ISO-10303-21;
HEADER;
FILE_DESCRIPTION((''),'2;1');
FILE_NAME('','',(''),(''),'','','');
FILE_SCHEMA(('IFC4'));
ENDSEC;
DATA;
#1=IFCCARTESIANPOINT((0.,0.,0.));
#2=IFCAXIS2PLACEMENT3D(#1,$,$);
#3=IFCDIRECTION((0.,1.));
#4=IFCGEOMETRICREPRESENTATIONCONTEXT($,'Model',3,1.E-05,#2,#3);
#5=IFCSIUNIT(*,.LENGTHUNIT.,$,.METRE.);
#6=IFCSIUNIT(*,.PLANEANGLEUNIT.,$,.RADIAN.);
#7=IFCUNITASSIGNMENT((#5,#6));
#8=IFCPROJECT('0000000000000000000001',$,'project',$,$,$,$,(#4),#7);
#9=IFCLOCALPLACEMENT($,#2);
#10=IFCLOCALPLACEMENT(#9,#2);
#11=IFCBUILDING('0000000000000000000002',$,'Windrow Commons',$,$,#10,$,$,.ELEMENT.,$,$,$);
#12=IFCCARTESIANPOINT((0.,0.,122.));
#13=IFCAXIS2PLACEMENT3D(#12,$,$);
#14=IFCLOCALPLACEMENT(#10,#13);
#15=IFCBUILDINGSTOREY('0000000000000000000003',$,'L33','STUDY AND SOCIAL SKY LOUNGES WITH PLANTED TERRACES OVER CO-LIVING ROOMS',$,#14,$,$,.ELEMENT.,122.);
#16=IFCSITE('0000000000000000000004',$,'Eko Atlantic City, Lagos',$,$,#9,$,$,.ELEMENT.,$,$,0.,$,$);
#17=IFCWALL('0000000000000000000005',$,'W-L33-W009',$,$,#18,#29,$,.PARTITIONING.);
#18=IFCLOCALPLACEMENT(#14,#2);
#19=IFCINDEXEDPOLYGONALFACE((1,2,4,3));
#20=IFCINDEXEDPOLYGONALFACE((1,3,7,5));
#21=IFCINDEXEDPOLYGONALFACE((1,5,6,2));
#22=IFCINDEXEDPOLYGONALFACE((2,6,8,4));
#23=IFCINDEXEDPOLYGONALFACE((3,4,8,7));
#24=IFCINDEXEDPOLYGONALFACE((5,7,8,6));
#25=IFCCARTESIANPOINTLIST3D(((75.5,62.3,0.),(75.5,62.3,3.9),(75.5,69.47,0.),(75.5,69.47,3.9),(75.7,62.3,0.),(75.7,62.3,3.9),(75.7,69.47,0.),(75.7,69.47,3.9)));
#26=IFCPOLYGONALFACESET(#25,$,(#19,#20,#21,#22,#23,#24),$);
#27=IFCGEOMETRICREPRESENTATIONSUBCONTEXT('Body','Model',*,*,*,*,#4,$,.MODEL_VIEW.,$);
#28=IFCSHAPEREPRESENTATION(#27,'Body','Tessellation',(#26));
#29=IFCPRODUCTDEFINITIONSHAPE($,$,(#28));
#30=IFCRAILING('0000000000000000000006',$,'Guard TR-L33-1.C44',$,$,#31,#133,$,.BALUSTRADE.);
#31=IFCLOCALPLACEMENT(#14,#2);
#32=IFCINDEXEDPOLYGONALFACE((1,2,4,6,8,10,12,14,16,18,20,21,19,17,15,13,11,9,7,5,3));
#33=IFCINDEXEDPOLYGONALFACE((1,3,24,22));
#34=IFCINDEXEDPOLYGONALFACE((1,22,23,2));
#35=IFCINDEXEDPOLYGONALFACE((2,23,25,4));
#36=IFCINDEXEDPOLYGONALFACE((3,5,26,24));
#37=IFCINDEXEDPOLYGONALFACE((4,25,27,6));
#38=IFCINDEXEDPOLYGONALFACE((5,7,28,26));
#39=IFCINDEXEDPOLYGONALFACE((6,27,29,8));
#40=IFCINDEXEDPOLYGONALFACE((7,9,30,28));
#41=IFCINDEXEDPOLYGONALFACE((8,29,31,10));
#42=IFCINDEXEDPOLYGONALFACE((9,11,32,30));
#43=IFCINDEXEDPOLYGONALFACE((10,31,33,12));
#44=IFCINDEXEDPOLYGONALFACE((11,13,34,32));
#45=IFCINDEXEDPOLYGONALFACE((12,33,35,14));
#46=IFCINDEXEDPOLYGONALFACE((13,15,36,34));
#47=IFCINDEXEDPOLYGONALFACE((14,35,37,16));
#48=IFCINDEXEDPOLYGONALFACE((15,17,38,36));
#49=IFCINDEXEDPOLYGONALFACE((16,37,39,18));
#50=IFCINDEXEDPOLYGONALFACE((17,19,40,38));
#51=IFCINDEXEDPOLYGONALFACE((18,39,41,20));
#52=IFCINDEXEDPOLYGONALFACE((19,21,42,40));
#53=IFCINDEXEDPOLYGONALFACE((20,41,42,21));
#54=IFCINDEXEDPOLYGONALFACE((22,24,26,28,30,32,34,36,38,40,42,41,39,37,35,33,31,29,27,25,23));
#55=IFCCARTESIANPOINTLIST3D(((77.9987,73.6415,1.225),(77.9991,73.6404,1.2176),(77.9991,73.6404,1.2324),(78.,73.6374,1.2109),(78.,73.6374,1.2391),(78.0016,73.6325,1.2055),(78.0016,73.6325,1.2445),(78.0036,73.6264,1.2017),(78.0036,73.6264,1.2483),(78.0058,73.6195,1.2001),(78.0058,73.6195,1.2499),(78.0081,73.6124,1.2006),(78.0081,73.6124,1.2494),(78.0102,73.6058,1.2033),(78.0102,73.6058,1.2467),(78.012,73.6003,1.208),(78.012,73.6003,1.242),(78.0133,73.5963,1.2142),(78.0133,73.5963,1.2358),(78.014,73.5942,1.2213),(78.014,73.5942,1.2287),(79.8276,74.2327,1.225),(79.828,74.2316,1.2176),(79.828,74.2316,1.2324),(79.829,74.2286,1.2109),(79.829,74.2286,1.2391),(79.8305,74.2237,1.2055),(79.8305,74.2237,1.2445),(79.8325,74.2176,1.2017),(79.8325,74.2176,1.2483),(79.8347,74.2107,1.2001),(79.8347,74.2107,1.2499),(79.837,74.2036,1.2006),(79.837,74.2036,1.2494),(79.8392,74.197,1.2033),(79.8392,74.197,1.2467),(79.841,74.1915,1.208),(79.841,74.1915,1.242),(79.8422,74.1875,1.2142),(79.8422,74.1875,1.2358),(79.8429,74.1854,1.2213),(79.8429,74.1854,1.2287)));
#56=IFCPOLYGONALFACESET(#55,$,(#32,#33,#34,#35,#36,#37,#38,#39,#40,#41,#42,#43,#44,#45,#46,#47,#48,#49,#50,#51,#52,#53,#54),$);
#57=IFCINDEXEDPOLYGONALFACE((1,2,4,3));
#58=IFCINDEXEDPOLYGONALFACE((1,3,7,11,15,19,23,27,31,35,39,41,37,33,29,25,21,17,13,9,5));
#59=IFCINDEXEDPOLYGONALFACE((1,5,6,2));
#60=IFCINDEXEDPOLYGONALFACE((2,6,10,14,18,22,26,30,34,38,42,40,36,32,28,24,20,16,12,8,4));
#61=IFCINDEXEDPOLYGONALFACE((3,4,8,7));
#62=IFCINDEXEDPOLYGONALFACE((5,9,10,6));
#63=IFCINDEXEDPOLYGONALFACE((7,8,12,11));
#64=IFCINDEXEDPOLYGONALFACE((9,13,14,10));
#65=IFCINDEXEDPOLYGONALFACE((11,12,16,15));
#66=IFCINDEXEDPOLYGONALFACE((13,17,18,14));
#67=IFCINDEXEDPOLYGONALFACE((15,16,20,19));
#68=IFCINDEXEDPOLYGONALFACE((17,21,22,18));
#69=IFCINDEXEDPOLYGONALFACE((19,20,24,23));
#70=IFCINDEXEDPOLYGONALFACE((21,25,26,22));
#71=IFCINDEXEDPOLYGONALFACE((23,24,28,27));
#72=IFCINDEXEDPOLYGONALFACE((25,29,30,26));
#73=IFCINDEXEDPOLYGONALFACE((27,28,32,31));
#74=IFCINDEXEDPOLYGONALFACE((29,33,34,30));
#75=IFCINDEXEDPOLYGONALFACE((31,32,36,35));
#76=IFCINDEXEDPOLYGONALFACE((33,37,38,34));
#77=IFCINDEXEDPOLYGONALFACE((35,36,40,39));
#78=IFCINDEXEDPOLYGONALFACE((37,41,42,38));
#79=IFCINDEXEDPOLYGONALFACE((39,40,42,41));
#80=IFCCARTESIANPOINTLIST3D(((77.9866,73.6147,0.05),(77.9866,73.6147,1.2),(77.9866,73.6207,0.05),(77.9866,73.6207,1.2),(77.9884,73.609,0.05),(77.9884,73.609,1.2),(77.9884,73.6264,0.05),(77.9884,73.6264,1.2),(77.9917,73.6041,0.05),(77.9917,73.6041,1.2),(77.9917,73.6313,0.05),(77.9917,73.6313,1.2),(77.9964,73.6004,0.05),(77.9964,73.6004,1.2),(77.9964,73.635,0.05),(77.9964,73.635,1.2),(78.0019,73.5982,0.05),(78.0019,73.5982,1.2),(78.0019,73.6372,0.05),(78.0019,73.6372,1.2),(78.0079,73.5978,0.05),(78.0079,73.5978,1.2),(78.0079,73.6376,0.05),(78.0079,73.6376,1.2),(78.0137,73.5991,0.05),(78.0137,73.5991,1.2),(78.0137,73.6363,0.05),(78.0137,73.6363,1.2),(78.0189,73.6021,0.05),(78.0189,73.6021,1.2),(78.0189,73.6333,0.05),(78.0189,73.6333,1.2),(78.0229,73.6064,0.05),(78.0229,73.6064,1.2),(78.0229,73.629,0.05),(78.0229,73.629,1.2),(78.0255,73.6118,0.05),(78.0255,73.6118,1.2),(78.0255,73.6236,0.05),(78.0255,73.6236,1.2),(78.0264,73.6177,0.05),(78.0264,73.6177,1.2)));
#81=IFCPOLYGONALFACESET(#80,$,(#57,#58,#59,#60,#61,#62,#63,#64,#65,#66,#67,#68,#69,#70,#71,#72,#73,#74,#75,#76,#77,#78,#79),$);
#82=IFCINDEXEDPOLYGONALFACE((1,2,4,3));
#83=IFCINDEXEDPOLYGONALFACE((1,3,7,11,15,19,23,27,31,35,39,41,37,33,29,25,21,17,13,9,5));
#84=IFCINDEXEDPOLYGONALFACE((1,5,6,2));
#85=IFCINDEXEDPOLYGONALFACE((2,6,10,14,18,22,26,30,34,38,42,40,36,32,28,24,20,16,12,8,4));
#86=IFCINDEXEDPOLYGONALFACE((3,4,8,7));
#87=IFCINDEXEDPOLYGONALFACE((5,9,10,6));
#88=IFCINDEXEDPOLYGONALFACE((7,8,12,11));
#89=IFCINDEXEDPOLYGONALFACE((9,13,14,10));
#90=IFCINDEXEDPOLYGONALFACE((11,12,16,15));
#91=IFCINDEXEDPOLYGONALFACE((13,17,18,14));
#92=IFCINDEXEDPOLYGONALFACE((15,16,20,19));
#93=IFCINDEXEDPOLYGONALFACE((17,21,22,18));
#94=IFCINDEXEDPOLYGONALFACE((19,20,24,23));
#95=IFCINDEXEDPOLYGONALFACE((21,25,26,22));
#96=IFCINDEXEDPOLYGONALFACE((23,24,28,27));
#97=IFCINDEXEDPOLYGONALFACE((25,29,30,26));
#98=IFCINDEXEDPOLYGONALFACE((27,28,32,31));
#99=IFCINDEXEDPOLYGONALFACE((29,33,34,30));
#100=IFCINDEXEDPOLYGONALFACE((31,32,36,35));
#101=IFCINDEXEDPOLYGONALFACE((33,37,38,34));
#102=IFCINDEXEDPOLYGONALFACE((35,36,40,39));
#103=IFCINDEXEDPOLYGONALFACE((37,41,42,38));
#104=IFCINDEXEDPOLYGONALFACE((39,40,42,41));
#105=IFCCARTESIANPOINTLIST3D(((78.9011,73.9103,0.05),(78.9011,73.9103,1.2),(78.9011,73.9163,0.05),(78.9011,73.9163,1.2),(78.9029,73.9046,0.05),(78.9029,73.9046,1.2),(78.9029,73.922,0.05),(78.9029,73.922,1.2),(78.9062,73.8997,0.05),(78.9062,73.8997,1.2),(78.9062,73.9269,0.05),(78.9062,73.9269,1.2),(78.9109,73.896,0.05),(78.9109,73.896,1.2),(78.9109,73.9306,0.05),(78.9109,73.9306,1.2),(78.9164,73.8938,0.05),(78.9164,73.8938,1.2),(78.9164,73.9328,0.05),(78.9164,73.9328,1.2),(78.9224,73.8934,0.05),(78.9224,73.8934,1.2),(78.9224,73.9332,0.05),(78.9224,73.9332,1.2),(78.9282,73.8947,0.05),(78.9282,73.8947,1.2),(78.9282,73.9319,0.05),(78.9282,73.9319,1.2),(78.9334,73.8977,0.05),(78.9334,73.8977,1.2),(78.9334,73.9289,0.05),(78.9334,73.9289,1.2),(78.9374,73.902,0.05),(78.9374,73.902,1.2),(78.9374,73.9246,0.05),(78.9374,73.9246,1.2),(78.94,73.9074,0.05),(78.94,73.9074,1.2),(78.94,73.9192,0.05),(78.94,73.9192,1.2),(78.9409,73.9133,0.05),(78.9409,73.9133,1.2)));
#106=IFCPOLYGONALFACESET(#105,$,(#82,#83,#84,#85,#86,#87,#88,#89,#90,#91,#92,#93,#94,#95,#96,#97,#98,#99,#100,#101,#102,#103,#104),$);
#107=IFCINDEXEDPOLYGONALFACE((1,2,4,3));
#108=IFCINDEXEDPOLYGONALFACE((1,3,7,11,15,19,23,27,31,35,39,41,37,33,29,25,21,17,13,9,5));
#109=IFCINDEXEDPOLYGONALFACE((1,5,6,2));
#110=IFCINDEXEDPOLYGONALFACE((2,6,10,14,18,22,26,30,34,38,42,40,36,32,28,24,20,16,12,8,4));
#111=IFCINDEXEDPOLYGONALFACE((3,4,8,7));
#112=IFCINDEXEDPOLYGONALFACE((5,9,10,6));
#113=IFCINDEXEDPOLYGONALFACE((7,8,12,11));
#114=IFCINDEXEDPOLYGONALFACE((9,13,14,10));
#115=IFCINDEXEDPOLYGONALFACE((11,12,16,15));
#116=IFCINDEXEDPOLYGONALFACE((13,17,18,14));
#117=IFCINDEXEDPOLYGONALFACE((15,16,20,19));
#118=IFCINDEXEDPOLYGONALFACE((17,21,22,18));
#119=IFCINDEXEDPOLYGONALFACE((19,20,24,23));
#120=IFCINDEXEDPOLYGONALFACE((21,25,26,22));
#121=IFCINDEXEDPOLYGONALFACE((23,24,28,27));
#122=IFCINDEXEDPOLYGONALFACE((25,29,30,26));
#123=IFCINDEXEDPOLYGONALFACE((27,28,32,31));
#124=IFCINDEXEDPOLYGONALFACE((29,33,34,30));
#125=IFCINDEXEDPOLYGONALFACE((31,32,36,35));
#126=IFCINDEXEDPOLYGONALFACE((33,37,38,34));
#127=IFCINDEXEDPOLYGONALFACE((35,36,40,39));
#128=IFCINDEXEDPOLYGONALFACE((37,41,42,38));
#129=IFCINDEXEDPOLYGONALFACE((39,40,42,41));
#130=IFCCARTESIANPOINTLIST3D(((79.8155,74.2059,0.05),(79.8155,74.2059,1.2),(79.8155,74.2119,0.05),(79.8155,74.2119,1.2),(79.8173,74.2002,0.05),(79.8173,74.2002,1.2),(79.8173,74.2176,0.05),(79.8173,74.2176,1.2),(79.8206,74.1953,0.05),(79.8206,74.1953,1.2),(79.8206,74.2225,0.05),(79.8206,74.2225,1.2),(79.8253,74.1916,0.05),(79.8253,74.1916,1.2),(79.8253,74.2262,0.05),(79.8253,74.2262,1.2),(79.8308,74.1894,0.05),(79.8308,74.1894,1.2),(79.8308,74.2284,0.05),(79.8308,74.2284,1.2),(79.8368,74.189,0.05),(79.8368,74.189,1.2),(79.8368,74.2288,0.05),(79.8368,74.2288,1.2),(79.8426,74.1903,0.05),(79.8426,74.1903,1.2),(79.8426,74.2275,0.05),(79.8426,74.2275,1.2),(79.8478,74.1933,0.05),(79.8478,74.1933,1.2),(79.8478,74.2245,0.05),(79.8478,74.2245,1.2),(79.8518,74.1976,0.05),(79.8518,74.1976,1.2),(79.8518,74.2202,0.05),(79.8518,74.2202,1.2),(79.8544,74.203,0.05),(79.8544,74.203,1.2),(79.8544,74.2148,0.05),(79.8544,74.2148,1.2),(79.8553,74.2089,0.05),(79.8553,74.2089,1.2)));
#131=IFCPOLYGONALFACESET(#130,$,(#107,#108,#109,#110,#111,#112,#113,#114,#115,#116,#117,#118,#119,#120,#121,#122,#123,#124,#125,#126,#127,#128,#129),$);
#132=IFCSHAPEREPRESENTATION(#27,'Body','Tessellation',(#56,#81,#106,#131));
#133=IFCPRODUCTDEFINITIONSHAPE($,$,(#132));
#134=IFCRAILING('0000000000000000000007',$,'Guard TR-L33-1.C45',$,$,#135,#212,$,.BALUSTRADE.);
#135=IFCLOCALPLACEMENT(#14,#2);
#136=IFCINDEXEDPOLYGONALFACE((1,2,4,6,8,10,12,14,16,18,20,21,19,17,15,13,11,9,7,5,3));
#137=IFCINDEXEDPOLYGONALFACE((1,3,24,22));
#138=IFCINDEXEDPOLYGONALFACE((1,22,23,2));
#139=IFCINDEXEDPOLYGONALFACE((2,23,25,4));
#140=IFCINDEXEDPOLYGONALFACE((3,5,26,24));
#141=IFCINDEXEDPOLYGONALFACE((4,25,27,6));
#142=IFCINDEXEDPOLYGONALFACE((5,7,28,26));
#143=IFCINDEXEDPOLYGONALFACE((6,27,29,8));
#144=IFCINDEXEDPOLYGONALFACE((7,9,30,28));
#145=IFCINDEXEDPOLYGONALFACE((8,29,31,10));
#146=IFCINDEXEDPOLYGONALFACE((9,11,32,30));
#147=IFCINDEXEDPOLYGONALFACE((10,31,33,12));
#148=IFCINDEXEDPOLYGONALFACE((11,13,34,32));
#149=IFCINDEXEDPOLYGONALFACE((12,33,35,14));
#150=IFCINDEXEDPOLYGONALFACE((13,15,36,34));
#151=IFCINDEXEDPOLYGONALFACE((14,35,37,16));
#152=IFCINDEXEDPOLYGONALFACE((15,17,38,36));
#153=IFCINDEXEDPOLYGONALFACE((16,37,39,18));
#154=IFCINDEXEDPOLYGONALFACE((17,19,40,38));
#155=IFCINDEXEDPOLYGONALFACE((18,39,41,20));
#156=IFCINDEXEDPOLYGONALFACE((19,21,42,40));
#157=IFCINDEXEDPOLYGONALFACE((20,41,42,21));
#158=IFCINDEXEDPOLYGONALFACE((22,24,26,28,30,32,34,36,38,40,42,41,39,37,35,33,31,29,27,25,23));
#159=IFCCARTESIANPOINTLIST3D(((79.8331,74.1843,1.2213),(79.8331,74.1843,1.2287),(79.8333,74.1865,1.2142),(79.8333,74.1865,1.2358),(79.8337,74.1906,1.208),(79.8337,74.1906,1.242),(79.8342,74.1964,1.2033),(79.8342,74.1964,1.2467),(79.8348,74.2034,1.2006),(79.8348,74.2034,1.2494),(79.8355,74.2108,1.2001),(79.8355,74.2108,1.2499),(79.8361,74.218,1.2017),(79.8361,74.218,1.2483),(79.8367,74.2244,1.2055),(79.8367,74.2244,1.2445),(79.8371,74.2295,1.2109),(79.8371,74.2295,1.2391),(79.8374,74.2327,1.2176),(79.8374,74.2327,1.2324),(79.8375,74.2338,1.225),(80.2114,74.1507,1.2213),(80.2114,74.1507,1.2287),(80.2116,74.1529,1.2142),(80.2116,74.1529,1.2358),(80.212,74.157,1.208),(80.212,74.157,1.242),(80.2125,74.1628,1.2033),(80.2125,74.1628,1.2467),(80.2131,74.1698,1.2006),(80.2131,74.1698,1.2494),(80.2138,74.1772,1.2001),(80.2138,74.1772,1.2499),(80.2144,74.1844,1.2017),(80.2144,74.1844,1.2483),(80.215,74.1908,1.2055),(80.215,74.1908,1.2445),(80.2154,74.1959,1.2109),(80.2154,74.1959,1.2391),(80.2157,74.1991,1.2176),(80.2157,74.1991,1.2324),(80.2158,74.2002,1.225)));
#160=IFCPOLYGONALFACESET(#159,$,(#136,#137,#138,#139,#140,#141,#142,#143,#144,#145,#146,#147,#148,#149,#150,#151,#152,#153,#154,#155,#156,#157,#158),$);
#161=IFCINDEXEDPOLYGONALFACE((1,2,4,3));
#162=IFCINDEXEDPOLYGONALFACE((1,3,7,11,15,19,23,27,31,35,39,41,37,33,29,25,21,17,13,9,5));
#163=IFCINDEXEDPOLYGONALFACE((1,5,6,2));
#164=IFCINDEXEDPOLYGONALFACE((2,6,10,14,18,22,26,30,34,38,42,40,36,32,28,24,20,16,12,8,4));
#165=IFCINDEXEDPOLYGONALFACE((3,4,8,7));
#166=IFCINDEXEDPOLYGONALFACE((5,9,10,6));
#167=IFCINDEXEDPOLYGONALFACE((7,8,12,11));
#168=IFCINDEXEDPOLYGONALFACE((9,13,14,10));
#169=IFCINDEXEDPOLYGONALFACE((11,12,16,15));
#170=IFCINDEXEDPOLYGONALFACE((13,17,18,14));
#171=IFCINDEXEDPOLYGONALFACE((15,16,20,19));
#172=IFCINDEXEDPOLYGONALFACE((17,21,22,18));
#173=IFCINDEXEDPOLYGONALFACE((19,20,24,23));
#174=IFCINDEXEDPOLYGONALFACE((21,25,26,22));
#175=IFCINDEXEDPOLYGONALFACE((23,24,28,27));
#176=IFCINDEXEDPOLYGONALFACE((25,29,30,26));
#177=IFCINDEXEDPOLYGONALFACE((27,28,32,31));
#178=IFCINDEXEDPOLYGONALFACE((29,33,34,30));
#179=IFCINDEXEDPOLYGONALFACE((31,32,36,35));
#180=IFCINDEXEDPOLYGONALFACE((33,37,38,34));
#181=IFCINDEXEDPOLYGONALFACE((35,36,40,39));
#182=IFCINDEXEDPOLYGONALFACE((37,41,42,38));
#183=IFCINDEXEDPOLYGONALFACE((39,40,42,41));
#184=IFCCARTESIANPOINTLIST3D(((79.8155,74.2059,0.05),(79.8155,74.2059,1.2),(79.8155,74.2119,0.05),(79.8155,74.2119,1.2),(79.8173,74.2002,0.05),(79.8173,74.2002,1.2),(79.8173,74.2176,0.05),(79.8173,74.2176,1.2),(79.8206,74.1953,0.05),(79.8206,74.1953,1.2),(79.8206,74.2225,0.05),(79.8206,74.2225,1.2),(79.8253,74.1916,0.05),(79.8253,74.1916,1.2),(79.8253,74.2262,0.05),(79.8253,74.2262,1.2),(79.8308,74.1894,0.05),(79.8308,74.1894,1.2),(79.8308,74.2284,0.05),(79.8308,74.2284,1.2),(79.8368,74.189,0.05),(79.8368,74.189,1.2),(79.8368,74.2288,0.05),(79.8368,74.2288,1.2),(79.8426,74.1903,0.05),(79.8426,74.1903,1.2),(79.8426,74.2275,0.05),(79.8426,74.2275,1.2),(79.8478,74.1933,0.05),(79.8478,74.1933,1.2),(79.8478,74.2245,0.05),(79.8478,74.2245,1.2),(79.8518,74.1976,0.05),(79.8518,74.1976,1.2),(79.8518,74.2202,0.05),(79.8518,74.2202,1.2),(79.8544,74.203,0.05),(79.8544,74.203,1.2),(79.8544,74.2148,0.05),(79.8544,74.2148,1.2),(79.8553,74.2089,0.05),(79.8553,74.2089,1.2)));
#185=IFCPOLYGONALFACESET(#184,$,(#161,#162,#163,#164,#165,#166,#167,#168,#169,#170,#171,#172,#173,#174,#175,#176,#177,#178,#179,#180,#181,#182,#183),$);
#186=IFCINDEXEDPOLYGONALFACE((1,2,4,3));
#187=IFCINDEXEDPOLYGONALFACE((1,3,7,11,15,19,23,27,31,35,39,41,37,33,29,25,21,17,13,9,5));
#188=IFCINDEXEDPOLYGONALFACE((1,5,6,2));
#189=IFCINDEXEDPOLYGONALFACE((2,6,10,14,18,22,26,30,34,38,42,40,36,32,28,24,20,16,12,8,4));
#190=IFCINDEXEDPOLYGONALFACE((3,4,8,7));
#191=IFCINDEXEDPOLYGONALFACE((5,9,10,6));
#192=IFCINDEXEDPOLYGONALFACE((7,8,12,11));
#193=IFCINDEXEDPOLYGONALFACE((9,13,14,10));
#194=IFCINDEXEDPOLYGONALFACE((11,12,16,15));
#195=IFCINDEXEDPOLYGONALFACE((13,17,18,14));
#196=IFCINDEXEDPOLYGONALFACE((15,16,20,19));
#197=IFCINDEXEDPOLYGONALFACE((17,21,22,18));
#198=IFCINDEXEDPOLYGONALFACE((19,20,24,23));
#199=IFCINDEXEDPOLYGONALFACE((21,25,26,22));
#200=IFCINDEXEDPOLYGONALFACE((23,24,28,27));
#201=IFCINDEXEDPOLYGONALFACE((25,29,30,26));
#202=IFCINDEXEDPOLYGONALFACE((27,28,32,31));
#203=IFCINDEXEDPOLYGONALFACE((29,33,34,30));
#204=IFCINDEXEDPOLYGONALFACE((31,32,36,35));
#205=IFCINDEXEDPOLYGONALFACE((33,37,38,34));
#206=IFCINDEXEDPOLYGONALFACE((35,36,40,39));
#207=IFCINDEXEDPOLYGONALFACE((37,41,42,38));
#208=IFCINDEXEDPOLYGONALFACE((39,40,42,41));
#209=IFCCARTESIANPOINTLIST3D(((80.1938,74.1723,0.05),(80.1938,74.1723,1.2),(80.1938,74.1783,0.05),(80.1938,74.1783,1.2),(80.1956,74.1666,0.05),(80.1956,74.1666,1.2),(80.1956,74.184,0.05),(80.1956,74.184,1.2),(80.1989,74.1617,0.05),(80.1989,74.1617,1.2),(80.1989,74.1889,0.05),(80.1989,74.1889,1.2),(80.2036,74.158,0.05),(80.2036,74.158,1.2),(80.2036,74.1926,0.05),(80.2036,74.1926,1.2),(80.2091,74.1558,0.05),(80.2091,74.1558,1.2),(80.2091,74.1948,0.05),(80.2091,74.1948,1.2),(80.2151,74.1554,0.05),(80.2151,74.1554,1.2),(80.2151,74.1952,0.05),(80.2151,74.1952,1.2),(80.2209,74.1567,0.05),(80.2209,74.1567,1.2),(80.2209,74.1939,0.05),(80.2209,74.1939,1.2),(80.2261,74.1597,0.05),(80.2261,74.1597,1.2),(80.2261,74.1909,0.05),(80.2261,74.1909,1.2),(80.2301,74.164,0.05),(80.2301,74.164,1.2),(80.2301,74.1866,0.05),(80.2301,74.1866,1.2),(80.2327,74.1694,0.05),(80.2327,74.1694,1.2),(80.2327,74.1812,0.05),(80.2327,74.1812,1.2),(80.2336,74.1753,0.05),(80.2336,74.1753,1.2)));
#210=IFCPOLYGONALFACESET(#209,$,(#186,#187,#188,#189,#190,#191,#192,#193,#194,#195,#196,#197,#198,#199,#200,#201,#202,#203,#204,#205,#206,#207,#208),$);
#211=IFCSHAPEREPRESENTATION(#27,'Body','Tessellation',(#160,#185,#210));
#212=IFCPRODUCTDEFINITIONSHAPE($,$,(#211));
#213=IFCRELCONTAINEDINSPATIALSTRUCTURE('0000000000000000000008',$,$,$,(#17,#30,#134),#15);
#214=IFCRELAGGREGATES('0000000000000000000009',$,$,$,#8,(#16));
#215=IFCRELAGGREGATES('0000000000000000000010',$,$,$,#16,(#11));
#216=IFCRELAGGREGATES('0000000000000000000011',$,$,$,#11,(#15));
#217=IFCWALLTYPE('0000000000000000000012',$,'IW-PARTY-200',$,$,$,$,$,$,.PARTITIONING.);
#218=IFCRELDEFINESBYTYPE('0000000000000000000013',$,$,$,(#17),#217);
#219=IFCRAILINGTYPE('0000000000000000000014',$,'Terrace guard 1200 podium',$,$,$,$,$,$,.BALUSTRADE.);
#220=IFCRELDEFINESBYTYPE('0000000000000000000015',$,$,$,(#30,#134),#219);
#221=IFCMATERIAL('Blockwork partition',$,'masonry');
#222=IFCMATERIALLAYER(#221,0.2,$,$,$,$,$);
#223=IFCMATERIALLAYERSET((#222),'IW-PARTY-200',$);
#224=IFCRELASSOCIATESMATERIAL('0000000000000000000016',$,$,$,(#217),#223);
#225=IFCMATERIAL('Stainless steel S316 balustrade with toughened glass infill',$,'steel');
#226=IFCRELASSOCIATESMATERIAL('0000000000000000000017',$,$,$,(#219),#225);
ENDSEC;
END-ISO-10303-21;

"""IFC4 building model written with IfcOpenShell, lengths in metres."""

from ifc_helpers import new_model, si_unit, direction, frame, frame_2d, origin, origin_2d, place, context, subcontext, project, spatial, rectangle, circle, extrude, material, layer, layer_set, type_object, element, save


model = new_model("IFC4")

# Units and contexts
model_context = context("Model", 3, precision=1e-05, world=origin(), true_north=direction((0.0, 1.0)))
body_context = subcontext(model_context, "Body", "Model", "MODEL_VIEW")
ifc_project = project(units=[si_unit("LENGTHUNIT", "METRE"), si_unit("PLANEANGLEUNIT", "RADIAN")], contexts=[model_context])

# Site, building, storey
site_placement = place(None, origin())
site = spatial("IfcSite", under=ifc_project, at=site_placement, Name="Eko Atlantic City, Lagos", CompositionType="ELEMENT", RefElevation=0.0)
building_placement = place(site_placement, origin())
building = spatial("IfcBuilding", under=site, at=building_placement, Name="Windrow Commons", CompositionType="ELEMENT")
storey_placement = place(building_placement, frame((0.0, 0.0, 122.0)))
storey = spatial("IfcBuildingStorey", under=building, at=storey_placement, Name="L33", Description="STUDY AND SOCIAL SKY LOUNGES WITH PLANTED TERRACES OVER CO-LIVING ROOMS", CompositionType="ELEMENT", Elevation=122.0)

# Wall
ifc_material_1 = material(Name="Blockwork partition", Category="masonry")
ifc_layer_1 = layer(ifc_material_1, 0.2)
ifc_layer_set_1 = layer_set([ifc_layer_1], Name="IW-PARTY-200")
wall_type_1 = type_object("IfcWallType", Name="IW-PARTY-200", PredefinedType="PARTITIONING", material=ifc_layer_set_1)
wall_1_placement = place(storey_placement, frame((75.6, 62.3, 0.0), z_axis=(0.0, 0.0, 1.0), x_axis=(0.0, 1.0, 0.0)))
element("IfcWall", 1, at=wall_1_placement, inside=storey, type_object=wall_type_1, Name="W-L33-W009", PredefinedType="PARTITIONING", context=body_context, shape_type="SweptSolid", body=[
    extrude(rectangle(XDim=7.17, YDim=0.2, at=frame_2d((3.585, 0.0))), origin(), (0.0, 0.0, 1.0), 3.9),
])

# Railings
ifc_material_2 = material(Name="Stainless steel S316 balustrade with toughened glass infill", Category="steel")
railing_type = type_object("IfcRailingType", Name="Terrace guard 1200 podium", PredefinedType="BALUSTRADE", material=ifc_material_2)
railing_1_placement = place(storey_placement, frame((78.0064, 73.6177, 0.05)))
element("IfcRailing", 2, at=railing_1_placement, inside=storey, type_object=railing_type, Name="Guard TR-L33-1.C44", PredefinedType="BALUSTRADE", context=body_context, shape_type="SweptSolid", body=[
    extrude(circle(Radius=0.025, at=origin_2d()), frame((0.0, 0.0, 1.175), z_axis=(0.951521, 0.307583, 0.0), x_axis=(-0.307583, 0.951521, 0.0)), (0.0, 0.0, 1.0), 1.9221),
    extrude(circle(Radius=0.02, at=origin_2d()), origin(), (0.0, 0.0, 1.0), 1.15),
    extrude(circle(Radius=0.02, at=origin_2d()), frame((0.9145, 0.2956, 0.0)), (0.0, 0.0, 1.0), 1.15),
    extrude(circle(Radius=0.02, at=origin_2d()), frame((1.8289, 0.5912, 0.0)), (0.0, 0.0, 1.0), 1.15),
])
railing_2_placement = place(storey_placement, frame((79.8353, 74.2089, 0.05)))
element("IfcRailing", 3, at=railing_2_placement, inside=storey, type_object=railing_type, Name="Guard TR-L33-1.C45", PredefinedType="BALUSTRADE", context=body_context, shape_type="SweptSolid", body=[
    extrude(circle(Radius=0.025, at=origin_2d()), frame((0.0, 0.0, 1.175), z_axis=(0.996079, -0.08847, 0.0), x_axis=(0.08847, 0.996079, 0.0)), (0.0, 0.0, 1.0), 0.3798),
    extrude(circle(Radius=0.02, at=origin_2d()), origin(), (0.0, 0.0, 1.0), 1.15),
    extrude(circle(Radius=0.02, at=origin_2d()), frame((0.3783, -0.0336, 0.0)), (0.0, 0.0, 1.0), 1.15),
])

save(model, "model.ifc")
